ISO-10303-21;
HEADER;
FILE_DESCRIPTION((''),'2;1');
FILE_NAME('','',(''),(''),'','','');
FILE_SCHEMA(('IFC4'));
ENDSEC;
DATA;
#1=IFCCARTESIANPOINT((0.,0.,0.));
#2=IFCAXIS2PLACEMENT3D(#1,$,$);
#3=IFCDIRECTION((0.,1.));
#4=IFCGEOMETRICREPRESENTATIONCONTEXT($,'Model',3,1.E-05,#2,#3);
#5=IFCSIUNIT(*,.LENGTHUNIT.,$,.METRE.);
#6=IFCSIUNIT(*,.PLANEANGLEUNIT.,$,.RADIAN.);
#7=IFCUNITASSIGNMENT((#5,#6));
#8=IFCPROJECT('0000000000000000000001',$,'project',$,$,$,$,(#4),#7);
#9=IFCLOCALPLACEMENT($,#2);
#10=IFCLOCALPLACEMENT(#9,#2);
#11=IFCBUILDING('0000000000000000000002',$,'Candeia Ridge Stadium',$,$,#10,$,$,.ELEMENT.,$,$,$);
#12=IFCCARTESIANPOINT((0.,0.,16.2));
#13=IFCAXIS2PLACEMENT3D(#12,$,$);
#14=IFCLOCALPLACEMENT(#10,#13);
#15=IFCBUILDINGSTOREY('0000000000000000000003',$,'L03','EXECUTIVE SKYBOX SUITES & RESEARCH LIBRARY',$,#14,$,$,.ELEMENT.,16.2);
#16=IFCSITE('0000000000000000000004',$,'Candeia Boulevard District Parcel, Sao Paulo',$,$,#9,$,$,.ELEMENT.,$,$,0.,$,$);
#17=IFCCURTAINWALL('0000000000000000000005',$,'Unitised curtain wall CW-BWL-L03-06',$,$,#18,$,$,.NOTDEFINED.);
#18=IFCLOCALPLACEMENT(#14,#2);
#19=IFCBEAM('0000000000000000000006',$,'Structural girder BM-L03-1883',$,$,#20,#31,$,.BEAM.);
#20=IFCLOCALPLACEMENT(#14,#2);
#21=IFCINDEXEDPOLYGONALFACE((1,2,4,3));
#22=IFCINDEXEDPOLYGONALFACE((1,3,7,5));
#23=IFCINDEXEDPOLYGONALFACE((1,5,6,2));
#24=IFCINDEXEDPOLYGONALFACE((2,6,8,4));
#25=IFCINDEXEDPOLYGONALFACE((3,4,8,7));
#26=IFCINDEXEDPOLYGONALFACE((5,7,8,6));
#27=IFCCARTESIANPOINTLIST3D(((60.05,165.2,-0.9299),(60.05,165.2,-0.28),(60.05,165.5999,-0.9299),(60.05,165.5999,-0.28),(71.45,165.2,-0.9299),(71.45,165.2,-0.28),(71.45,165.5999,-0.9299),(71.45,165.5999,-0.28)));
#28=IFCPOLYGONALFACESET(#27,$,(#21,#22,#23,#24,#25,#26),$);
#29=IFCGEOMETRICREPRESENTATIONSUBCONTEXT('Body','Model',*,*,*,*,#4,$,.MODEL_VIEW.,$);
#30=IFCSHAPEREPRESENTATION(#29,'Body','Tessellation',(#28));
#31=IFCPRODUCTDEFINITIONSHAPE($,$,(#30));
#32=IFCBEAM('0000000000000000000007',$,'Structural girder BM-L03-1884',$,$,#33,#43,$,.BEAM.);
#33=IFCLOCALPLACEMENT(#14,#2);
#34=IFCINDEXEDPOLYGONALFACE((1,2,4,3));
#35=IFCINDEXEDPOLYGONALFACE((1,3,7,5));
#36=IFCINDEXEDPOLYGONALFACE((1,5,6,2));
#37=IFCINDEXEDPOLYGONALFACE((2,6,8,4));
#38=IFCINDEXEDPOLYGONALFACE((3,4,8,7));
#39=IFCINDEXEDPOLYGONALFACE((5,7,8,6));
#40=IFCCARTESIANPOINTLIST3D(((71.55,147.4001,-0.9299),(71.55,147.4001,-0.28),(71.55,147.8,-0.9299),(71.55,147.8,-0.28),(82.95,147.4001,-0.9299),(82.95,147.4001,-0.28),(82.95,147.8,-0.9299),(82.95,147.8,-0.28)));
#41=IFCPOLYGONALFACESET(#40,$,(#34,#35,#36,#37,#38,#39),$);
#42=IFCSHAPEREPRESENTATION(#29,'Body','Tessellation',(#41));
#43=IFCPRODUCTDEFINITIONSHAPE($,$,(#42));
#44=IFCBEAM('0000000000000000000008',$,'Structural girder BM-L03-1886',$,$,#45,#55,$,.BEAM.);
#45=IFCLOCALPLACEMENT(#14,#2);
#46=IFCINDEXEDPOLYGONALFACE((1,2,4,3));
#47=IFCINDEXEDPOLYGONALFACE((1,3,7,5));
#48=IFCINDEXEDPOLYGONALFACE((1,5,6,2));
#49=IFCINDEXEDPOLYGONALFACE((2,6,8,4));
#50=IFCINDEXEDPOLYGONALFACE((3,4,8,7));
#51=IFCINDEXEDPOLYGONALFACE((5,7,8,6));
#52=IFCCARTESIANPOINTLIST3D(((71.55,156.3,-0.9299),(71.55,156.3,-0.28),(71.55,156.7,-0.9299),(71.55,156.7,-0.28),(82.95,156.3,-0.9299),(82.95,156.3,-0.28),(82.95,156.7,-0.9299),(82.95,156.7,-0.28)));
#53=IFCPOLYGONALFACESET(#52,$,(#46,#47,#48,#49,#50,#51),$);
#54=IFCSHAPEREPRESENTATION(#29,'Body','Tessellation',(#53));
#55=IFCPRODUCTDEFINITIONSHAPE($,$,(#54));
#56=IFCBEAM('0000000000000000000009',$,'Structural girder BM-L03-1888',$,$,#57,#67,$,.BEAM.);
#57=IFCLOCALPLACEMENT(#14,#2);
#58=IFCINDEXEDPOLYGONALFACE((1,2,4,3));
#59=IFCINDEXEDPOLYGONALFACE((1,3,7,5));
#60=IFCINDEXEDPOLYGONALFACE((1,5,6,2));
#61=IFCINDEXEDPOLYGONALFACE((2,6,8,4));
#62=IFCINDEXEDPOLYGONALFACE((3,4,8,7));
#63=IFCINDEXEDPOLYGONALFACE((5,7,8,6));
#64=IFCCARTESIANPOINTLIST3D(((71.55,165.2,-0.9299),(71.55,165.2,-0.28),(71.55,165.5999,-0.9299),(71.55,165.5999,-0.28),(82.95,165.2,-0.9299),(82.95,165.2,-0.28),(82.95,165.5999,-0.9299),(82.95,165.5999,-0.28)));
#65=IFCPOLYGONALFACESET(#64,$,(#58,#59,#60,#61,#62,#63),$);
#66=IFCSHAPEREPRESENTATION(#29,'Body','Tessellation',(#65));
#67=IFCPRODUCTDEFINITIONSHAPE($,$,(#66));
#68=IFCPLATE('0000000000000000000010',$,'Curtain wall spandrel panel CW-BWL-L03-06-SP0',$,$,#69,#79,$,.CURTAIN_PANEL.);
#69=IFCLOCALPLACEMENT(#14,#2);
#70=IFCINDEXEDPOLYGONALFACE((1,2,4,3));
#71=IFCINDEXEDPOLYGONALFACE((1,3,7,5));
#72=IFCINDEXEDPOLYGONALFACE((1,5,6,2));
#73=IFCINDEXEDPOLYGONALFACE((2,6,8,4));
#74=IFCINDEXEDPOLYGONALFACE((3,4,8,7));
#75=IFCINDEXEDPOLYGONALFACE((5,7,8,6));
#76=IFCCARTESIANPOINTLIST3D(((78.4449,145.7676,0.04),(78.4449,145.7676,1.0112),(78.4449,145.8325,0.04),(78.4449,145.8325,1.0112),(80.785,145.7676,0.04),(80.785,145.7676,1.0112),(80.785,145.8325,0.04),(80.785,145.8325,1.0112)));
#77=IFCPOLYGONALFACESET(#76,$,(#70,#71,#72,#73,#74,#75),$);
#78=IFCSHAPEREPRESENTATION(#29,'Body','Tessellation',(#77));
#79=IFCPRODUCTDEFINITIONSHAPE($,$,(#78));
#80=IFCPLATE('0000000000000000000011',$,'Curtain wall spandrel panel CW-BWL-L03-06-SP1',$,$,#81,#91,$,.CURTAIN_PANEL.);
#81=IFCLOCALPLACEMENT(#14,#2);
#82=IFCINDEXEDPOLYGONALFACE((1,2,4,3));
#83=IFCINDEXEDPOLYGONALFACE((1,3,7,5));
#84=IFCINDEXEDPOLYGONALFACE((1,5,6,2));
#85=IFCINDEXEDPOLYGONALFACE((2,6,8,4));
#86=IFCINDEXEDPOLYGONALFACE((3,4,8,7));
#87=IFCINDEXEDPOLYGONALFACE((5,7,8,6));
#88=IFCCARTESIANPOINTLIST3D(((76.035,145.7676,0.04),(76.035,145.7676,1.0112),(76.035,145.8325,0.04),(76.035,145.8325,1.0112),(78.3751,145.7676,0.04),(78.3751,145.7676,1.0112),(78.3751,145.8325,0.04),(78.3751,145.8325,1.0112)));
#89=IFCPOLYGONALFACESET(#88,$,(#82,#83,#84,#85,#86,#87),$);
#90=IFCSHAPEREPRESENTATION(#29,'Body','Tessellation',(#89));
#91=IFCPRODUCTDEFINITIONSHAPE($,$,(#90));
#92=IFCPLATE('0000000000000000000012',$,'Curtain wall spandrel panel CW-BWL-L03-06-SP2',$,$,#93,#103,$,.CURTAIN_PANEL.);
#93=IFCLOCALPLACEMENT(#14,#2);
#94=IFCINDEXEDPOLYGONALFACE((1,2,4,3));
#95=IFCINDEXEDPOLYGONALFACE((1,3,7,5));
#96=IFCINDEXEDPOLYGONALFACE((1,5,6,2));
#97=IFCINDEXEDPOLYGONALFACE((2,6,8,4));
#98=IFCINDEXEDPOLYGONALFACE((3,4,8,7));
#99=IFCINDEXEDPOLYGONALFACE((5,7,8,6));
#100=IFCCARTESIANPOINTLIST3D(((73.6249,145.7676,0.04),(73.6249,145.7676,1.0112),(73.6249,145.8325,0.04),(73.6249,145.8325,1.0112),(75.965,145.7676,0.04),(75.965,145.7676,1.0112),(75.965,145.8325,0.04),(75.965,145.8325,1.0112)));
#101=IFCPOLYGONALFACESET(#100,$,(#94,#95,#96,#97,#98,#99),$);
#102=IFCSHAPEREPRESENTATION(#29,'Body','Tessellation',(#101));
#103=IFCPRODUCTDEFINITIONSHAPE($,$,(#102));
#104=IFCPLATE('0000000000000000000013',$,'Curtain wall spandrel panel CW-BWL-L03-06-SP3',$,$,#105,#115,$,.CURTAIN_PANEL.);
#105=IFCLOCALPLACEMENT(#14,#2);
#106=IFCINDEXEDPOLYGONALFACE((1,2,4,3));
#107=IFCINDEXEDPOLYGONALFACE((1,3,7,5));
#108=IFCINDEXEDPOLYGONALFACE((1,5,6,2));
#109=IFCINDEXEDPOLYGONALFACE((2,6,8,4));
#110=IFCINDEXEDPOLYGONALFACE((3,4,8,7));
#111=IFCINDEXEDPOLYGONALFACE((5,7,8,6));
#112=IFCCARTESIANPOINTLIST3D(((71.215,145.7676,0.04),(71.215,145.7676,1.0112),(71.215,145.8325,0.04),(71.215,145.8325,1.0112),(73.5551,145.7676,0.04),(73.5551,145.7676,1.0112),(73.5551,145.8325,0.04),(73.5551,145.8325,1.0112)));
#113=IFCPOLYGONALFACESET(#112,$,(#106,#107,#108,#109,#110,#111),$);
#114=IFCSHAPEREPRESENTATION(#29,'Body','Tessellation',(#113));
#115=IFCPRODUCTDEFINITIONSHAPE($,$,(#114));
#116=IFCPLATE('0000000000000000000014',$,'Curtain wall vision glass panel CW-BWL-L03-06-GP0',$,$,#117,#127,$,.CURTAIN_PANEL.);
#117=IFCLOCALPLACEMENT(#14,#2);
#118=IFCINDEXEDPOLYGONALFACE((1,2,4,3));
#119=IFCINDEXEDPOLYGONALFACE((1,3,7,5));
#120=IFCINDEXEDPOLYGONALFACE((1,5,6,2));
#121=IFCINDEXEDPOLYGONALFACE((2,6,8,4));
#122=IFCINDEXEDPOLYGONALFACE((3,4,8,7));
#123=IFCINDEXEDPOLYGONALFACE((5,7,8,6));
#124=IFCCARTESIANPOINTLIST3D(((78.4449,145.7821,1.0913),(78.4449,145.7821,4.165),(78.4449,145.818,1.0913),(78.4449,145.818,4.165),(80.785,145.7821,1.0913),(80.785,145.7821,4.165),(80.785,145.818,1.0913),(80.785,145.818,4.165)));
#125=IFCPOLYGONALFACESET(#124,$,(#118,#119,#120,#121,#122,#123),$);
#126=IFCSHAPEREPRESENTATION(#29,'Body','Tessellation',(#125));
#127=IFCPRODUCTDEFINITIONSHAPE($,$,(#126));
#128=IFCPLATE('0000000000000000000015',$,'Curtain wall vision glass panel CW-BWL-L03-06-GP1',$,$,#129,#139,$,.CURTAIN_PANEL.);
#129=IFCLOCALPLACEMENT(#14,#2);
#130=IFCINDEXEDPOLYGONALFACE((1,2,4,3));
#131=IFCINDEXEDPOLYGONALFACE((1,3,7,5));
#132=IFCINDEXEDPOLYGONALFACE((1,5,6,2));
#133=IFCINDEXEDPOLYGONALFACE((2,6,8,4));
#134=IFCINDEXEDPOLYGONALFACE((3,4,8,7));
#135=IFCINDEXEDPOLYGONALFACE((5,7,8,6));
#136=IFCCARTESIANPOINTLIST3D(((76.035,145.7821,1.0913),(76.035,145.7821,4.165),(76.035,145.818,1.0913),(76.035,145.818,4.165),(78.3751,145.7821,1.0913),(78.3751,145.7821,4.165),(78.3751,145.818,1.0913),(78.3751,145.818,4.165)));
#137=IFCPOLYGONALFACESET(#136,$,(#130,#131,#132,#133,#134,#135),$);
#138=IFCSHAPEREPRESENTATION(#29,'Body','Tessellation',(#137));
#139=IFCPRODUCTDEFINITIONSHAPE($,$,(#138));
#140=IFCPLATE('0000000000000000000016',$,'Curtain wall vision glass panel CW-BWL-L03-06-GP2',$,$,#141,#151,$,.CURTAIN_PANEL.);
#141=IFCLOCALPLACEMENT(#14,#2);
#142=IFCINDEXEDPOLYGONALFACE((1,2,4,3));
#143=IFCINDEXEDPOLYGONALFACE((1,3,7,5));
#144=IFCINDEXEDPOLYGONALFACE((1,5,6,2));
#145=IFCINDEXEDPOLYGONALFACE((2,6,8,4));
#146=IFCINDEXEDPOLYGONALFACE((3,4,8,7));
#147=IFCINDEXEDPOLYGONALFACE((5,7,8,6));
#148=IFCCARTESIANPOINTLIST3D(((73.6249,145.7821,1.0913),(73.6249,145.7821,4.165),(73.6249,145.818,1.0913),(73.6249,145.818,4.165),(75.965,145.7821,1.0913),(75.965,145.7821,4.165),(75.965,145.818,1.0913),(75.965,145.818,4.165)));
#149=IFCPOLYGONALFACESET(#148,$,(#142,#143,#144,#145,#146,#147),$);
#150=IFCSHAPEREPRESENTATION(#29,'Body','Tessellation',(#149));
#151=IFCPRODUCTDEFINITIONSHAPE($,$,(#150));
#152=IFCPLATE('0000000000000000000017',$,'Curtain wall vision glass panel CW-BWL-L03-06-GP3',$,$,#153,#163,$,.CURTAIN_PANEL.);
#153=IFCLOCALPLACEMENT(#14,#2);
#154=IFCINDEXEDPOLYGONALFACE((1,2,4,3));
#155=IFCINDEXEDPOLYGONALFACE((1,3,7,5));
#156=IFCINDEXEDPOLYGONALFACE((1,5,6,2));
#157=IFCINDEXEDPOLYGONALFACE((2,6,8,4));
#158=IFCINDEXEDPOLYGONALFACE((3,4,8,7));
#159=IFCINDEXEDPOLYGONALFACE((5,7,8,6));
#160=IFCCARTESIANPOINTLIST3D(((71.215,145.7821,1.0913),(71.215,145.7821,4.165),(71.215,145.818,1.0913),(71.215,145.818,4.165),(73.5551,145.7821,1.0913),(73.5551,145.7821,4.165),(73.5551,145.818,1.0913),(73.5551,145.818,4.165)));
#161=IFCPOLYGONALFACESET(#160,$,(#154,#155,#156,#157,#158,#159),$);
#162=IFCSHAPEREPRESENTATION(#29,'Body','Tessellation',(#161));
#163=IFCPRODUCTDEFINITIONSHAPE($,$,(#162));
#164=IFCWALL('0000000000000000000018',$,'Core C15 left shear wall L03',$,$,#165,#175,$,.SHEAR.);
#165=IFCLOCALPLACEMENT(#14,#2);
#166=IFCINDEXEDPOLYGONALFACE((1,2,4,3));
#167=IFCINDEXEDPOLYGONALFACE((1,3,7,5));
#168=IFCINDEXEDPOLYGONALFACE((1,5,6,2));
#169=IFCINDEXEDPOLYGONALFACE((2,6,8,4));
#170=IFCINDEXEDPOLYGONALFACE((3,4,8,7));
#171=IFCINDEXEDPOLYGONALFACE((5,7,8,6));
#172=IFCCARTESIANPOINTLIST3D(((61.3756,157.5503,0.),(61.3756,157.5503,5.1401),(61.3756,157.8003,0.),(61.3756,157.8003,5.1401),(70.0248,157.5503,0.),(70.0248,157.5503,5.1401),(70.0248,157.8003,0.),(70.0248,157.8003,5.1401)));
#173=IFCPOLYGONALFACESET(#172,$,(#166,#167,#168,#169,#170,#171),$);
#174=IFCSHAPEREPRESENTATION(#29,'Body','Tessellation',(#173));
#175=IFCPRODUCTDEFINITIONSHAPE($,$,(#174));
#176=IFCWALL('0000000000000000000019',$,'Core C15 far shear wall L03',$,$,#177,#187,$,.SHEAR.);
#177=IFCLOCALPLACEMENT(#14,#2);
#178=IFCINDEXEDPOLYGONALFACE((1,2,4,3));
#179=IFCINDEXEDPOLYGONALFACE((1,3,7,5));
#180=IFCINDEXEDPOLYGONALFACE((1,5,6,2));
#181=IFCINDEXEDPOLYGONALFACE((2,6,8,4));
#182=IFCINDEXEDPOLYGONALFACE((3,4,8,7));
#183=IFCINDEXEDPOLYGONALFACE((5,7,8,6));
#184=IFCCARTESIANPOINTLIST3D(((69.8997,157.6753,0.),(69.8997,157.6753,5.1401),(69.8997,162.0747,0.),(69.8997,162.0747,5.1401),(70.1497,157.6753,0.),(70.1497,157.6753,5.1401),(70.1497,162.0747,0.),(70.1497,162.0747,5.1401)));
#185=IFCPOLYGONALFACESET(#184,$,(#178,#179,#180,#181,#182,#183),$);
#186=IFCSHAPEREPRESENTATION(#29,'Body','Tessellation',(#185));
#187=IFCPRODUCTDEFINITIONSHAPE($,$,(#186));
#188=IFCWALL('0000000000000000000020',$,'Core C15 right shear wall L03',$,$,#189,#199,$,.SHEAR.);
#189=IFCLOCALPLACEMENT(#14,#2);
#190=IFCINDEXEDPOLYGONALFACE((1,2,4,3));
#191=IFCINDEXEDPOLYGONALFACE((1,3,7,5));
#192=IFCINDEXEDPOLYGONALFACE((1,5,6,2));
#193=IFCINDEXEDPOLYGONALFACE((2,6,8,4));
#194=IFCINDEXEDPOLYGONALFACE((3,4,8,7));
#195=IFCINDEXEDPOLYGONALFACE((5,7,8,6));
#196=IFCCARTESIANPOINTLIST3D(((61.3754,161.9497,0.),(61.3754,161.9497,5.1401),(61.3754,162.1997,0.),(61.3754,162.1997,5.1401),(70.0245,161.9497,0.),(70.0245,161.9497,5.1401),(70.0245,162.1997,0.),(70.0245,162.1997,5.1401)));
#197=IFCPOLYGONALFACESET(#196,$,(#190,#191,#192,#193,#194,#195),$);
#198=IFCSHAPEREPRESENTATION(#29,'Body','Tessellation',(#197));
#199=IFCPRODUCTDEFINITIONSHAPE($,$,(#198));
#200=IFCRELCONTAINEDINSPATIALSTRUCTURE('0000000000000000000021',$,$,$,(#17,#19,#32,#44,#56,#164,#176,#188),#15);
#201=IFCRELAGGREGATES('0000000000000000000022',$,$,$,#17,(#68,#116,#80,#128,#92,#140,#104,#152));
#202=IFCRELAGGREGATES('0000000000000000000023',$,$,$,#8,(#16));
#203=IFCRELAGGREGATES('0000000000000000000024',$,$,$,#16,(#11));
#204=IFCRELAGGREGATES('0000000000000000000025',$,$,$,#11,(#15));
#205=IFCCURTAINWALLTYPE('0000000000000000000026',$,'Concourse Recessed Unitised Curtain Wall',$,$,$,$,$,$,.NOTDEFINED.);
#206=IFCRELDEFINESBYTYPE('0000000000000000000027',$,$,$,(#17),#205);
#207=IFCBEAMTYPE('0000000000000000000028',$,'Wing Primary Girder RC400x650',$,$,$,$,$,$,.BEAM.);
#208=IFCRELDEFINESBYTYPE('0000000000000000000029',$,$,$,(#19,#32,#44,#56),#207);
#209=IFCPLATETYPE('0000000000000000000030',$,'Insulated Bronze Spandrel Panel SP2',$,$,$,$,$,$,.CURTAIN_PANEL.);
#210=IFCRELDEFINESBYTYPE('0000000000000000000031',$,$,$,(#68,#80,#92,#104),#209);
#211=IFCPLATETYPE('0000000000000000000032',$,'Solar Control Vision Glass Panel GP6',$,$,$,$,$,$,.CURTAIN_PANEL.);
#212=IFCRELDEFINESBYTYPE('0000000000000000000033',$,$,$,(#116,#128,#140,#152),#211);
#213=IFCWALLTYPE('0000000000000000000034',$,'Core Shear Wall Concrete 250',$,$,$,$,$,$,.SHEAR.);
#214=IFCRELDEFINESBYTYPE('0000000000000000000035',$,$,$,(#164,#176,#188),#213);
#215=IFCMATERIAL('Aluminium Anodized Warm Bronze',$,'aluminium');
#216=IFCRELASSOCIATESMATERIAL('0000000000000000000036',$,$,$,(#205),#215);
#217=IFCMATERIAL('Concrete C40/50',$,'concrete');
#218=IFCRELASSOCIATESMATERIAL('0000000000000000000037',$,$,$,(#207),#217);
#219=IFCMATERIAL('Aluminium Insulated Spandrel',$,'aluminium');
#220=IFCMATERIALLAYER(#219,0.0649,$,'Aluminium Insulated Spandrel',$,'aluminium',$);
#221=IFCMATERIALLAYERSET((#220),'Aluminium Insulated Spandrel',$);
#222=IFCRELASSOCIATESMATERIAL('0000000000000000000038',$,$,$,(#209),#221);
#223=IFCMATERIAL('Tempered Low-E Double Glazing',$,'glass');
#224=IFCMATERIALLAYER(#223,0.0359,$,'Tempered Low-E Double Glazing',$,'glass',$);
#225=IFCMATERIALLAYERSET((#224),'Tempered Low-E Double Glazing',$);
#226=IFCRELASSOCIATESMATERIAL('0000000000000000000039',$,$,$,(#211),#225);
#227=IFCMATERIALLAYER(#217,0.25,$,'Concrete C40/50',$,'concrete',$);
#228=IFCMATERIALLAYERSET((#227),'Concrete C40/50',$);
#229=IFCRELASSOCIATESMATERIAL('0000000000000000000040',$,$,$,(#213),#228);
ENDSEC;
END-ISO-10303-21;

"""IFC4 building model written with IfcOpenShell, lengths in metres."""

from ifc_helpers import new_model, si_unit, direction, frame, frame_2d, origin, origin_2d, place, context, subcontext, project, spatial, rectangle, extrude, material, layer, layer_set, material_profile, profile_set, type_object, element, aggregate, save


model = new_model("IFC4")

# Units and contexts
model_context = context("Model", 3, precision=1e-05, world=origin(), true_north=direction((0.0, 1.0)))
body_context = subcontext(model_context, "Body", "Model", "MODEL_VIEW")
ifc_project = project(units=[si_unit("LENGTHUNIT", "METRE"), si_unit("PLANEANGLEUNIT", "RADIAN")], contexts=[model_context])

# Site, building, storey
site_placement = place(None, origin())
site = spatial("IfcSite", under=ifc_project, at=site_placement, Name="Candeia Boulevard District Parcel, Sao Paulo", CompositionType="ELEMENT", RefElevation=0.0)
building_placement = place(site_placement, origin())
building = spatial("IfcBuilding", under=site, at=building_placement, Name="Candeia Ridge Stadium", CompositionType="ELEMENT")
storey_placement = place(building_placement, frame((0.0, 0.0, 16.2)))
storey = spatial("IfcBuildingStorey", under=building, at=storey_placement, Name="L03", Description="EXECUTIVE SKYBOX SUITES & RESEARCH LIBRARY", CompositionType="ELEMENT", Elevation=16.2)

# Shared definitions
ifc_material_1 = material(Name="Concrete C40/50", Category="concrete")

# Curtain wall
ifc_material_2 = material(Name="Aluminium Anodized Warm Bronze", Category="aluminium")
curtain_wall_type = type_object("IfcCurtainWallType", Name="Concourse Recessed Unitised Curtain Wall", PredefinedType="NOTDEFINED", material=ifc_material_2)
curtain_wall_placement = place(storey_placement, origin())
curtain_wall = element("IfcCurtainWall", 1, at=curtain_wall_placement, inside=storey, type_object=curtain_wall_type, Name="Unitised curtain wall CW-BWL-L03-06", PredefinedType="NOTDEFINED")

# Beams
ifc_material_profile_1 = material_profile(ifc_material_1, rectangle(XDim=0.3999, YDim=0.6499, at=origin_2d()), Name="RC400x650", Category="concrete")
ifc_profile_set_1 = profile_set([ifc_material_profile_1], Name="Concrete C40/50")
beam_type_1 = type_object("IfcBeamType", Name="Wing Primary Girder RC400x650", PredefinedType="BEAM", material=ifc_profile_set_1)
for number, where, z_axis, x_axis, name in (
    (2, (60.05, 165.3999, -0.605), (1.0, 0.0, 0.0), (0.0, 1.0, 0.0), "Structural girder BM-L03-1883"),
    (3, (71.55, 147.6001, -0.605), (1.0, 0.0, 0.0), (0.0, 1.0, 0.0), "Structural girder BM-L03-1884"),
    (4, (71.55, 156.5, -0.605), (1.0, 0.0, 0.0), (0.0, 1.0, 0.0), "Structural girder BM-L03-1886"),
    (5, (71.55, 165.3999, -0.605), (1.0, 0.0, 0.0), (0.0, 1.0, 0.0), "Structural girder BM-L03-1888"),
):
    element("IfcBeam", number, at=place(storey_placement, frame(where, z_axis=z_axis, x_axis=x_axis)), inside=storey, type_object=beam_type_1, Name=name, PredefinedType="BEAM", context=body_context, shape_type="SweptSolid", body=[
        extrude(rectangle(XDim=0.3999, YDim=0.6499, at=origin_2d()), origin(), (0.0, 0.0, 1.0), 11.3999),
    ])

# Plates
ifc_material_3 = material(Name="Aluminium Insulated Spandrel", Category="aluminium")
ifc_layer_1 = layer(ifc_material_3, 0.0649, Name="Aluminium Insulated Spandrel", Category="aluminium")
ifc_layer_set_1 = layer_set([ifc_layer_1], Name="Aluminium Insulated Spandrel")
plate_type_1 = type_object("IfcPlateType", Name="Insulated Bronze Spandrel Panel SP2", PredefinedType="CURTAIN_PANEL", material=ifc_layer_set_1)
plate_1_placement = place(storey_placement, frame((79.615, 145.8, 0.04), z_axis=(0.0, 0.0, 1.0), x_axis=(-1.0, 0.0, 0.0)))
plate_1 = element("IfcPlate", 6, at=plate_1_placement, type_object=plate_type_1, Name="Curtain wall spandrel panel CW-BWL-L03-06-SP0", PredefinedType="CURTAIN_PANEL", context=body_context, shape_type="SweptSolid", body=[
    extrude(rectangle(XDim=2.3401, YDim=0.0649, at=origin_2d()), origin(), (0.0, 0.0, 1.0), 0.9712),
])
plate_2_placement = place(storey_placement, frame((77.2051, 145.8, 0.04), z_axis=(0.0, 0.0, 1.0), x_axis=(-1.0, 0.0, 0.0)))
plate_2 = element("IfcPlate", 7, at=plate_2_placement, type_object=plate_type_1, Name="Curtain wall spandrel panel CW-BWL-L03-06-SP1", PredefinedType="CURTAIN_PANEL", context=body_context, shape_type="SweptSolid", body=[
    extrude(rectangle(XDim=2.3401, YDim=0.0649, at=origin_2d()), origin(), (0.0, 0.0, 1.0), 0.9712),
])
plate_3_placement = place(storey_placement, frame((74.7949, 145.8, 0.04), z_axis=(0.0, 0.0, 1.0), x_axis=(-1.0, 0.0, 0.0)))
plate_3 = element("IfcPlate", 8, at=plate_3_placement, type_object=plate_type_1, Name="Curtain wall spandrel panel CW-BWL-L03-06-SP2", PredefinedType="CURTAIN_PANEL", context=body_context, shape_type="SweptSolid", body=[
    extrude(rectangle(XDim=2.3401, YDim=0.0649, at=origin_2d()), origin(), (0.0, 0.0, 1.0), 0.9712),
])
plate_4_placement = place(storey_placement, frame((72.385, 145.8, 0.04), z_axis=(0.0, 0.0, 1.0), x_axis=(-1.0, 0.0, 0.0)))
plate_4 = element("IfcPlate", 9, at=plate_4_placement, type_object=plate_type_1, Name="Curtain wall spandrel panel CW-BWL-L03-06-SP3", PredefinedType="CURTAIN_PANEL", context=body_context, shape_type="SweptSolid", body=[
    extrude(rectangle(XDim=2.3401, YDim=0.0649, at=origin_2d()), origin(), (0.0, 0.0, 1.0), 0.9712),
])
ifc_material_4 = material(Name="Tempered Low-E Double Glazing", Category="glass")
ifc_layer_2 = layer(ifc_material_4, 0.0359, Name="Tempered Low-E Double Glazing", Category="glass")
ifc_layer_set_2 = layer_set([ifc_layer_2], Name="Tempered Low-E Double Glazing")
plate_type_2 = type_object("IfcPlateType", Name="Solar Control Vision Glass Panel GP6", PredefinedType="CURTAIN_PANEL", material=ifc_layer_set_2)
plate_5_placement = place(storey_placement, frame((79.615, 145.8, 1.0913), z_axis=(0.0, 0.0, 1.0), x_axis=(-1.0, 0.0, 0.0)))
plate_5 = element("IfcPlate", 10, at=plate_5_placement, type_object=plate_type_2, Name="Curtain wall vision glass panel CW-BWL-L03-06-GP0", PredefinedType="CURTAIN_PANEL", context=body_context, shape_type="SweptSolid", body=[
    extrude(rectangle(XDim=2.3401, YDim=0.0359, at=origin_2d()), origin(), (0.0, 0.0, 1.0), 3.0737),
])
plate_6_placement = place(storey_placement, frame((77.2051, 145.8, 1.0913), z_axis=(0.0, 0.0, 1.0), x_axis=(-1.0, 0.0, 0.0)))
plate_6 = element("IfcPlate", 11, at=plate_6_placement, type_object=plate_type_2, Name="Curtain wall vision glass panel CW-BWL-L03-06-GP1", PredefinedType="CURTAIN_PANEL", context=body_context, shape_type="SweptSolid", body=[
    extrude(rectangle(XDim=2.3401, YDim=0.0359, at=origin_2d()), origin(), (0.0, 0.0, 1.0), 3.0737),
])
plate_7_placement = place(storey_placement, frame((74.7949, 145.8, 1.0913), z_axis=(0.0, 0.0, 1.0), x_axis=(-1.0, 0.0, 0.0)))
plate_7 = element("IfcPlate", 12, at=plate_7_placement, type_object=plate_type_2, Name="Curtain wall vision glass panel CW-BWL-L03-06-GP2", PredefinedType="CURTAIN_PANEL", context=body_context, shape_type="SweptSolid", body=[
    extrude(rectangle(XDim=2.3401, YDim=0.0359, at=origin_2d()), origin(), (0.0, 0.0, 1.0), 3.0737),
])
plate_8_placement = place(storey_placement, frame((72.385, 145.8, 1.0913), z_axis=(0.0, 0.0, 1.0), x_axis=(-1.0, 0.0, 0.0)))
plate_8 = element("IfcPlate", 13, at=plate_8_placement, type_object=plate_type_2, Name="Curtain wall vision glass panel CW-BWL-L03-06-GP3", PredefinedType="CURTAIN_PANEL", context=body_context, shape_type="SweptSolid", body=[
    extrude(rectangle(XDim=2.3401, YDim=0.0359, at=origin_2d()), origin(), (0.0, 0.0, 1.0), 3.0737),
])
aggregate(curtain_wall, [plate_1, plate_5, plate_2, plate_6, plate_3, plate_7, plate_4, plate_8])

# Walls
ifc_layer_3 = layer(ifc_material_1, 0.25, Name="Concrete C40/50", Category="concrete")
ifc_layer_set_3 = layer_set([ifc_layer_3], Name="Concrete C40/50")
wall_type = type_object("IfcWallType", Name="Core Shear Wall Concrete 250", PredefinedType="SHEAR", material=ifc_layer_set_3)
wall_1_placement = place(storey_placement, frame((61.3755, 157.6753, 0.0), z_axis=(0.0, 0.0, 1.0), x_axis=(1.0, 0.0, 0.0)))
element("IfcWall", 14, at=wall_1_placement, inside=storey, type_object=wall_type, Name="Core C15 left shear wall L03", PredefinedType="SHEAR", context=body_context, shape_type="SweptSolid", body=[
    extrude(rectangle(XDim=8.6492, YDim=0.25, at=frame_2d((4.3247, 0.0))), origin(), (0.0, 0.0, 1.0), 5.1401),
])
wall_2_placement = place(storey_placement, frame((70.0247, 157.6753, 0.0), z_axis=(0.0, 0.0, 1.0), x_axis=(0.0, 1.0, 0.0)))
element("IfcWall", 15, at=wall_2_placement, inside=storey, type_object=wall_type, Name="Core C15 far shear wall L03", PredefinedType="SHEAR", context=body_context, shape_type="SweptSolid", body=[
    extrude(rectangle(XDim=4.3994, YDim=0.25, at=frame_2d((2.1997, 0.0))), origin(), (0.0, 0.0, 1.0), 5.1401),
])
wall_3_placement = place(storey_placement, frame((70.0247, 162.0747, 0.0), z_axis=(0.0, 0.0, 1.0), x_axis=(-1.0, 0.0, 0.0)))
element("IfcWall", 16, at=wall_3_placement, inside=storey, type_object=wall_type, Name="Core C15 right shear wall L03", PredefinedType="SHEAR", context=body_context, shape_type="SweptSolid", body=[
    extrude(rectangle(XDim=8.6492, YDim=0.25, at=frame_2d((4.3247, 0.0))), origin(), (0.0, 0.0, 1.0), 5.1401),
])

save(model, "model.ifc")
